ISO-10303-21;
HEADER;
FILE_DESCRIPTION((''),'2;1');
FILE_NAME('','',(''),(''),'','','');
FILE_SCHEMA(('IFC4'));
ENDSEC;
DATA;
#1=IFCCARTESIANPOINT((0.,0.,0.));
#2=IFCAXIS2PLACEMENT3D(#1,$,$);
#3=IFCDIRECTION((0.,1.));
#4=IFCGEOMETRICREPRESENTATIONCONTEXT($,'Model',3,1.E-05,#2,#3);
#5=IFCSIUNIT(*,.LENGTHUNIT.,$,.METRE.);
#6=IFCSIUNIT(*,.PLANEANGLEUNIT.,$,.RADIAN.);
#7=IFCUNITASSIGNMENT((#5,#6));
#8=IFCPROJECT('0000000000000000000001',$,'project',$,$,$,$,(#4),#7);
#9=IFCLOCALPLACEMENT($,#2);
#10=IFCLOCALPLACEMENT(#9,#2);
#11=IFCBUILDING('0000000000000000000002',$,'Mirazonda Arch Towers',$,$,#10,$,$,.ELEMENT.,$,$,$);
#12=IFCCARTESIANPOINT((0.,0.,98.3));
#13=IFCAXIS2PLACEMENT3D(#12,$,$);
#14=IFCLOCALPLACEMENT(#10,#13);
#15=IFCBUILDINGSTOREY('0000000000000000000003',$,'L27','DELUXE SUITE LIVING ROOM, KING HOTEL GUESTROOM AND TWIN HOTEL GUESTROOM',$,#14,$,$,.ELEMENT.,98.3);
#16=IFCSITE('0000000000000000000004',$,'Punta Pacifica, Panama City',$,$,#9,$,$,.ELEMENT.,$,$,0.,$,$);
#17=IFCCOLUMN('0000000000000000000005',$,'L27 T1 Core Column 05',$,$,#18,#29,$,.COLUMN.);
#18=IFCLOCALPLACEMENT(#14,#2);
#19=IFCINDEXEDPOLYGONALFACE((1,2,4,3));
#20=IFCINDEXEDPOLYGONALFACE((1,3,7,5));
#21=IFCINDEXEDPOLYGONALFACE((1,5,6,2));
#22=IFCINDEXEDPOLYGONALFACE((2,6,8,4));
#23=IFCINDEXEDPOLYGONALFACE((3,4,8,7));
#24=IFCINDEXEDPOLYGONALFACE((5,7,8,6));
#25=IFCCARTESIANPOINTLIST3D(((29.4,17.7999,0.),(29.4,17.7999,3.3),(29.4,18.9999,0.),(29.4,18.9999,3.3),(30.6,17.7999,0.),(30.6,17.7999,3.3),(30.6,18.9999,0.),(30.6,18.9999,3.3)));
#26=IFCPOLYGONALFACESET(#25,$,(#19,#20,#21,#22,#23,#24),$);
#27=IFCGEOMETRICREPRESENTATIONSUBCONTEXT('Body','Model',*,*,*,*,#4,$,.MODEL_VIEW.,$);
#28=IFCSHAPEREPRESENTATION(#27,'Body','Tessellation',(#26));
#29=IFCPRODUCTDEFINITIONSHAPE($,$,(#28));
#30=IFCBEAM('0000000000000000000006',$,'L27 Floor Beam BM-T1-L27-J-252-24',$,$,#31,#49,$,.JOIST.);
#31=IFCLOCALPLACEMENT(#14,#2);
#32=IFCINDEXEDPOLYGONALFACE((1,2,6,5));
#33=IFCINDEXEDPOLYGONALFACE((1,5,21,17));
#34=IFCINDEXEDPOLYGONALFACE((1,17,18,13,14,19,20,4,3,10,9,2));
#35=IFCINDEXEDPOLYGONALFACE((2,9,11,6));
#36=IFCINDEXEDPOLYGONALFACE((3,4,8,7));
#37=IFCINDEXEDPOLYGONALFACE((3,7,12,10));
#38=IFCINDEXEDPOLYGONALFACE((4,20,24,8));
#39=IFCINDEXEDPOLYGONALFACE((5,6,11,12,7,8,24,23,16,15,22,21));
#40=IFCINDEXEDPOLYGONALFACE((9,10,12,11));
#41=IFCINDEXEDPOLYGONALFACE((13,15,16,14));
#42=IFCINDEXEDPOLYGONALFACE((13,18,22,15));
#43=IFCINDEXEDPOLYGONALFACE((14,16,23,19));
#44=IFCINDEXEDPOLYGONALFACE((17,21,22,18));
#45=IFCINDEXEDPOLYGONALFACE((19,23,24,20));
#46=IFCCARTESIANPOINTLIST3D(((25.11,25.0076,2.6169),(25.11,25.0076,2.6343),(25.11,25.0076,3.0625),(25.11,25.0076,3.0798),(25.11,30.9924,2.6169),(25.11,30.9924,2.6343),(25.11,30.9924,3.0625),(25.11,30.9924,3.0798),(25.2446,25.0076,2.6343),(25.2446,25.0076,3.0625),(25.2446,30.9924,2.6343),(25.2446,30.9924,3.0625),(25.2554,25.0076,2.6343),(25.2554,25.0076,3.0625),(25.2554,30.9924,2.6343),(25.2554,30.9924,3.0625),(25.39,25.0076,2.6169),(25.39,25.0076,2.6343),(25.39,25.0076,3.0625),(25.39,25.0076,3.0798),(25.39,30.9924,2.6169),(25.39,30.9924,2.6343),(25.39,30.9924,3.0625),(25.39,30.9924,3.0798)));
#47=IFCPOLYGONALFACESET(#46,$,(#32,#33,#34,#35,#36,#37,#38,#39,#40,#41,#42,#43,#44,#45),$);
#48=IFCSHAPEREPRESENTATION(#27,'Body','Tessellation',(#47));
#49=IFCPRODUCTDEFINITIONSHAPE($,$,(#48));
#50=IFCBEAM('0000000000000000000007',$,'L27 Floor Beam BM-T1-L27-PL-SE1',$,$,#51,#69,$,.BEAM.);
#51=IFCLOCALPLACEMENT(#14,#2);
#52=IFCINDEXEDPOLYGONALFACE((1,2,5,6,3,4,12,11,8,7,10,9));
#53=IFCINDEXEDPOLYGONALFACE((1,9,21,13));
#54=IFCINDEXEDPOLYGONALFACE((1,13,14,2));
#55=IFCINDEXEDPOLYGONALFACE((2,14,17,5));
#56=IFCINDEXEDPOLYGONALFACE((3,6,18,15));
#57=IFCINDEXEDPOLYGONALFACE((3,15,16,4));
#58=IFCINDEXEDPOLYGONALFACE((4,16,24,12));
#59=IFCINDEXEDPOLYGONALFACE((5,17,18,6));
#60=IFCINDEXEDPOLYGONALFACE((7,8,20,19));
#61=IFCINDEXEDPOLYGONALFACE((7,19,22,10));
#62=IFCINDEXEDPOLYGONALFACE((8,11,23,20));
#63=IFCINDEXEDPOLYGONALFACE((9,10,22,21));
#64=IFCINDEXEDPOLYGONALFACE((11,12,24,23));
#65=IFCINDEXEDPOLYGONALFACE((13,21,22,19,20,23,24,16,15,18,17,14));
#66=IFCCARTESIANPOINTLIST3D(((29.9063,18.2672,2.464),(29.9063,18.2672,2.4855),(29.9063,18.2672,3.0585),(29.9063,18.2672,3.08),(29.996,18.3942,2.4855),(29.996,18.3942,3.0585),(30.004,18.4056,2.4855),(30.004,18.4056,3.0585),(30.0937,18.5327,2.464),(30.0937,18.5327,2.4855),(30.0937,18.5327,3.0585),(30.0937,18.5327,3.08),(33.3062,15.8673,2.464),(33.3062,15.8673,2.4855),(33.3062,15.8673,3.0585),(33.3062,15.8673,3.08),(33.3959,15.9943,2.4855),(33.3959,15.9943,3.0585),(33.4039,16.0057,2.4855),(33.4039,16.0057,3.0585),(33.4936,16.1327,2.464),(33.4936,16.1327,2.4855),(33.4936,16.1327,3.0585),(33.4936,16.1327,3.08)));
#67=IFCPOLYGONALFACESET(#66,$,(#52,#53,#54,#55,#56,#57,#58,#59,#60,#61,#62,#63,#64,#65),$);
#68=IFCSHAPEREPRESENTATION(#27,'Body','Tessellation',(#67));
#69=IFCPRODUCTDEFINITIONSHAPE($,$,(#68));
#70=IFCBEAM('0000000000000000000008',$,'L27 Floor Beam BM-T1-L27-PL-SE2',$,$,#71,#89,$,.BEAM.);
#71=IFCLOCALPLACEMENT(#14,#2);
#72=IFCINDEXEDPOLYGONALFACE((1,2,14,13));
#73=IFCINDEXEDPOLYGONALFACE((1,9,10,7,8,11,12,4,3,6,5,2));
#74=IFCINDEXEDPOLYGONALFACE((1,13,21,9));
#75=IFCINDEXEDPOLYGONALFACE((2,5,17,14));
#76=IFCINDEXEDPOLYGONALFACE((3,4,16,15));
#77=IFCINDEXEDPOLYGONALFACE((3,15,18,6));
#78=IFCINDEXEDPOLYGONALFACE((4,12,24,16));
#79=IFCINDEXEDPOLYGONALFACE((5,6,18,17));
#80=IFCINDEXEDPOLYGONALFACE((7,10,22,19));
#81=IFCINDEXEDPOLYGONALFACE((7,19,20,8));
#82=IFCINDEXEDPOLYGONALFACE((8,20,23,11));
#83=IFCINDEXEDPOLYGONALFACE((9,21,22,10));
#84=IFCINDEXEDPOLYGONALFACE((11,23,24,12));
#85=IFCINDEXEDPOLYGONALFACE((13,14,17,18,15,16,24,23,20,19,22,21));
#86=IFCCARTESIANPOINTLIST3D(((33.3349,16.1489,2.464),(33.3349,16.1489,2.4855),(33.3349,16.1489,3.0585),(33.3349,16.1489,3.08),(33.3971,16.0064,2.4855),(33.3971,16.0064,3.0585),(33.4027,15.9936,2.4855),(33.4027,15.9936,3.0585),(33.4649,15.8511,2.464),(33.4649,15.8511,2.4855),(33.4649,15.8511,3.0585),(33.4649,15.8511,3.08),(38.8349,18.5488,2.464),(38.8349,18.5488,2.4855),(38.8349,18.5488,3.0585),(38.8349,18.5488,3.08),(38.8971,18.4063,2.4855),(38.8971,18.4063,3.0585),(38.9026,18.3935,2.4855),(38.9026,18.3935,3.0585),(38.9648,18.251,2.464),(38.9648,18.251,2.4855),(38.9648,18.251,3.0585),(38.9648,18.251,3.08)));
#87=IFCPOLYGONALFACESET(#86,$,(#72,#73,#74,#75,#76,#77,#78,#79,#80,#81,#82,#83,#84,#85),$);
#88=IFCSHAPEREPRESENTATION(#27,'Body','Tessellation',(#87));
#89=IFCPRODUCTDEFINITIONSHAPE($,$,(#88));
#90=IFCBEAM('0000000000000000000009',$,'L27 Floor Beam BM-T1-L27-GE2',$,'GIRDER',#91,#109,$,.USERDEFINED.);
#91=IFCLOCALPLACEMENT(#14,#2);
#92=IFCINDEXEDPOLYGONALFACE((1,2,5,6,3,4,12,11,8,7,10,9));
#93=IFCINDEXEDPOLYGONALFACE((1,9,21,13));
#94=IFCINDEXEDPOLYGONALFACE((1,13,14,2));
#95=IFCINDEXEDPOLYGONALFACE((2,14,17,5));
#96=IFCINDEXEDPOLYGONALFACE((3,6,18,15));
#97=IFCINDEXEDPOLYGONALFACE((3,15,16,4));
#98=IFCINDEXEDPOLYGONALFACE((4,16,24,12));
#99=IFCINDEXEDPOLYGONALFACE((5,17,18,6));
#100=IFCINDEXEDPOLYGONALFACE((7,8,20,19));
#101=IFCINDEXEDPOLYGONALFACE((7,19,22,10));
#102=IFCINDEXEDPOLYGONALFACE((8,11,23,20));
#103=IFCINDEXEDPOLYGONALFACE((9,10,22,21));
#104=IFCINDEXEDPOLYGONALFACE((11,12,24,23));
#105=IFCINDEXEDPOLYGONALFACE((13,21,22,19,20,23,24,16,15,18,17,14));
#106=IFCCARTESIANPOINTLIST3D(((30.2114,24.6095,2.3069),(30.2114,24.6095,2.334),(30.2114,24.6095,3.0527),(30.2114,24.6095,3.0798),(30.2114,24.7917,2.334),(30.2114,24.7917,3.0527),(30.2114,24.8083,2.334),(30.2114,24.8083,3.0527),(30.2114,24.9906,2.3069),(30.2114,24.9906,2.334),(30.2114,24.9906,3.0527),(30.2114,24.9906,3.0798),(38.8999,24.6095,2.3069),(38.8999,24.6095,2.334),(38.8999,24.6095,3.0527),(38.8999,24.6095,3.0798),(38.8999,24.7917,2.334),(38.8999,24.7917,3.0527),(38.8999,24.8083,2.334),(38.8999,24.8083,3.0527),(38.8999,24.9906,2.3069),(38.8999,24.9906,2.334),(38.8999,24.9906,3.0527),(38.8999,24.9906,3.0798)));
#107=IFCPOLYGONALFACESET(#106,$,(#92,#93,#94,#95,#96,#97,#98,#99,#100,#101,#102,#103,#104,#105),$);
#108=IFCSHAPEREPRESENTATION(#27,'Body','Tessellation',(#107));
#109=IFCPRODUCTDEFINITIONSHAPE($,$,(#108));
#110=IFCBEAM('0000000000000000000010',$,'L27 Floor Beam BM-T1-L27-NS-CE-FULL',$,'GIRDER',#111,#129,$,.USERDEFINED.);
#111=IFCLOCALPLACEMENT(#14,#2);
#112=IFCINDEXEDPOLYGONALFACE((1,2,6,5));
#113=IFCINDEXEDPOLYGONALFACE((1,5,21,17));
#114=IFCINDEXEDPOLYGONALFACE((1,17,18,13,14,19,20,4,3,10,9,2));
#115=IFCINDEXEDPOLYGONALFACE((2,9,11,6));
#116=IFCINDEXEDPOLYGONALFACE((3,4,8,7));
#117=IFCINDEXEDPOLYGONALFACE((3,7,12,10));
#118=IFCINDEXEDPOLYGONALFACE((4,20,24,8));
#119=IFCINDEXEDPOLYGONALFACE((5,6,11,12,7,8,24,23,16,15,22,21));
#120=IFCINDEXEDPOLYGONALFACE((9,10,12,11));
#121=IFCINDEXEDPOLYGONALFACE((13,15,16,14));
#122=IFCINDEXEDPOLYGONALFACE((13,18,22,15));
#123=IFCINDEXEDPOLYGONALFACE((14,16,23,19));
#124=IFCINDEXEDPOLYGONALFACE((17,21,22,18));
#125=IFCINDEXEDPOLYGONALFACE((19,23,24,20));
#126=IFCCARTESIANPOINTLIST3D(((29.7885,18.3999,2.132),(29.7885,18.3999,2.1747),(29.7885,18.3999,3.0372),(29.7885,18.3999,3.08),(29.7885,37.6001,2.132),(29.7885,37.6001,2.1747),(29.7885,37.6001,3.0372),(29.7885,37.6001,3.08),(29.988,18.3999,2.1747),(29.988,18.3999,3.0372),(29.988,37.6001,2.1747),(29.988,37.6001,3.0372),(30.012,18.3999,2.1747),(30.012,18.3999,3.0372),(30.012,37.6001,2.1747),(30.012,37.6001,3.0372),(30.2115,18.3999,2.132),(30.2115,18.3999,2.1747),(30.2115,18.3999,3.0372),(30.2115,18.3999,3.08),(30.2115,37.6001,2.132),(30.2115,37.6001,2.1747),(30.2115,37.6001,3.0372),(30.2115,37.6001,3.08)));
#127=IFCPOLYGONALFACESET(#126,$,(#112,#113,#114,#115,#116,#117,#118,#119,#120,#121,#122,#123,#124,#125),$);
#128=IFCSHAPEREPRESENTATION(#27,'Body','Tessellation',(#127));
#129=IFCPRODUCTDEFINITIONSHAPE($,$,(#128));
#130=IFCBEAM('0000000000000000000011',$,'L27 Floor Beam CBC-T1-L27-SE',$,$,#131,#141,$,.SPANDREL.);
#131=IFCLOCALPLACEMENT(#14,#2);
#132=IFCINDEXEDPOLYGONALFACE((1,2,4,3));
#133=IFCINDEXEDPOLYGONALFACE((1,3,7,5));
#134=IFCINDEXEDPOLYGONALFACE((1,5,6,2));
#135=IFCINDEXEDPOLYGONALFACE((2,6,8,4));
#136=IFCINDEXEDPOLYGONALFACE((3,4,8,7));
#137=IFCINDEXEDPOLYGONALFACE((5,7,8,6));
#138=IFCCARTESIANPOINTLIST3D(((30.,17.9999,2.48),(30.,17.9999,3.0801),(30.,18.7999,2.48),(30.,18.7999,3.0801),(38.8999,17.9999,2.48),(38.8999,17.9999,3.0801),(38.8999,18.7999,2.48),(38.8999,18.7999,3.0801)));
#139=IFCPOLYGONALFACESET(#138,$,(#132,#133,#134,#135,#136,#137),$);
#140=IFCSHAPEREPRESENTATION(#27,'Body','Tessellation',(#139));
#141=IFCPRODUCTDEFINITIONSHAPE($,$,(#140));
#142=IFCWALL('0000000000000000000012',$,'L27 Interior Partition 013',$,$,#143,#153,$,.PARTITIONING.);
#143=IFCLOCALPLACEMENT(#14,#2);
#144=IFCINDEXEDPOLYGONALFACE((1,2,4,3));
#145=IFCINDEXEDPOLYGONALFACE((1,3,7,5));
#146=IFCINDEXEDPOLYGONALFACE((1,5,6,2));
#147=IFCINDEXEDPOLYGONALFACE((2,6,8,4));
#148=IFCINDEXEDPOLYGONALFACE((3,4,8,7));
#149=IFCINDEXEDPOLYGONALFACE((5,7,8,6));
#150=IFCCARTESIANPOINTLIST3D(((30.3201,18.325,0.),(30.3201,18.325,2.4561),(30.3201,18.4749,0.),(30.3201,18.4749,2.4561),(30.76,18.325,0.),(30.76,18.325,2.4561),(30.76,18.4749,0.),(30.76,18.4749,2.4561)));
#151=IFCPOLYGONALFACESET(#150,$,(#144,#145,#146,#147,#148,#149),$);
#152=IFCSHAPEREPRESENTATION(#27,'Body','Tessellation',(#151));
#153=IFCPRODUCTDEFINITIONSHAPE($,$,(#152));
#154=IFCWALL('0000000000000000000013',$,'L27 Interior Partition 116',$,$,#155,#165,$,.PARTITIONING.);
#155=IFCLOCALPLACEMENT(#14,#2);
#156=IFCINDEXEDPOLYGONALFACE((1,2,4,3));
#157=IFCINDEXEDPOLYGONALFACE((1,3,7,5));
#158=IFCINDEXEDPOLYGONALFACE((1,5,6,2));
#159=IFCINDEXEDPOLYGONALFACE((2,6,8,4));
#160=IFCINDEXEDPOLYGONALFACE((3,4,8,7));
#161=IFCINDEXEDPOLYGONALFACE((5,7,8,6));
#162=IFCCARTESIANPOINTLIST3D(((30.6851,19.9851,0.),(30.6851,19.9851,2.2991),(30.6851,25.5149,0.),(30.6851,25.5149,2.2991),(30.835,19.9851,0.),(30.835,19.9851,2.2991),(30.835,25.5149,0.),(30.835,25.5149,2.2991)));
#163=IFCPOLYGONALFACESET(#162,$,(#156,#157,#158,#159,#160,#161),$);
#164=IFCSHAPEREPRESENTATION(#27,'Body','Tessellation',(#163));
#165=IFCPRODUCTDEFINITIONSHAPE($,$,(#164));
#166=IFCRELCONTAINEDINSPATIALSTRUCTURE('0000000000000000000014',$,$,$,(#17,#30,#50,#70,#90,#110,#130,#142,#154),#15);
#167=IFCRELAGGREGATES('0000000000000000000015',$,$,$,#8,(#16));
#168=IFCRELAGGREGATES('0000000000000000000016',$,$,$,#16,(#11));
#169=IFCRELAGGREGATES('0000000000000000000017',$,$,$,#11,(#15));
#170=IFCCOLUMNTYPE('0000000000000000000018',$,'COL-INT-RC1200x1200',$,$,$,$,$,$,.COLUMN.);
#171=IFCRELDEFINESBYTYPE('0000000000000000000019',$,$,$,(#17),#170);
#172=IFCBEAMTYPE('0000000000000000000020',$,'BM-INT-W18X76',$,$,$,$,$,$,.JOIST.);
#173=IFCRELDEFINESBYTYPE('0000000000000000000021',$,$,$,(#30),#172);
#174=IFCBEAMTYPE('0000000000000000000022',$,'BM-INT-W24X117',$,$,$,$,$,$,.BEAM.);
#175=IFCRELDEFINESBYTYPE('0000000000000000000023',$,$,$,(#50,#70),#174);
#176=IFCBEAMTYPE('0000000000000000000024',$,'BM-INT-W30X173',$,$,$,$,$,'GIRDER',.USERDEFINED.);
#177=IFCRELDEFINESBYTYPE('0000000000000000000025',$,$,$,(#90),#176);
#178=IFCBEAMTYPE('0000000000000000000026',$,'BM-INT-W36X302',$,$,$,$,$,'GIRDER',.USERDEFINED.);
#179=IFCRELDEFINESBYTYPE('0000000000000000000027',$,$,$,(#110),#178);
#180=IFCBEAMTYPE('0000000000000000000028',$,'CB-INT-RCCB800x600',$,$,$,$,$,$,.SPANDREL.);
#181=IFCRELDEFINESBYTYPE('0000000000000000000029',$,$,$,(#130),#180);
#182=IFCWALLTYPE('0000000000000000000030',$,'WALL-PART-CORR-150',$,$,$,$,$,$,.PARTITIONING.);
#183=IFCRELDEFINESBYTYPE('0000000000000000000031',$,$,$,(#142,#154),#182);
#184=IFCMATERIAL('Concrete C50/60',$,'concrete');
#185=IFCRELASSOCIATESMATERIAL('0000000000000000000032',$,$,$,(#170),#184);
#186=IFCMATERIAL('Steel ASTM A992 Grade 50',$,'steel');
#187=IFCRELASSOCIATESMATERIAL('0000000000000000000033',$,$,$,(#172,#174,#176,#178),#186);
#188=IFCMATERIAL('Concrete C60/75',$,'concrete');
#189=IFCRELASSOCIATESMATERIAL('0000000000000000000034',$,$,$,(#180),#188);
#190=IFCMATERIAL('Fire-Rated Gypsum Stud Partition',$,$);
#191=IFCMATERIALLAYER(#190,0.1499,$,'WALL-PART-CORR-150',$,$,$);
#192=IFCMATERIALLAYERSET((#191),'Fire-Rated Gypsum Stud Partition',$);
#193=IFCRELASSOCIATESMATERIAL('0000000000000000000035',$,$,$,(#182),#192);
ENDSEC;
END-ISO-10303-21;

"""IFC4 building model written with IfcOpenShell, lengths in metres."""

from ifc_helpers import new_model, si_unit, direction, frame, frame_2d, origin, origin_2d, place, context, subcontext, project, spatial, rectangle, i_section, extrude, material, layer, layer_set, material_profile, profile_set, type_object, element, save


model = new_model("IFC4")

# Units and contexts
model_context = context("Model", 3, precision=1e-05, world=origin(), true_north=direction((0.0, 1.0)))
body_context = subcontext(model_context, "Body", "Model", "MODEL_VIEW")
ifc_project = project(units=[si_unit("LENGTHUNIT", "METRE"), si_unit("PLANEANGLEUNIT", "RADIAN")], contexts=[model_context])

# Site, building, storey
site_placement = place(None, origin())
site = spatial("IfcSite", under=ifc_project, at=site_placement, Name="Punta Pacifica, Panama City", CompositionType="ELEMENT", RefElevation=0.0)
building_placement = place(site_placement, origin())
building = spatial("IfcBuilding", under=site, at=building_placement, Name="Mirazonda Arch Towers", CompositionType="ELEMENT")
storey_placement = place(building_placement, frame((0.0, 0.0, 98.3)))
storey = spatial("IfcBuildingStorey", under=building, at=storey_placement, Name="L27", Description="DELUXE SUITE LIVING ROOM, KING HOTEL GUESTROOM AND TWIN HOTEL GUESTROOM", CompositionType="ELEMENT", Elevation=98.3)

# Column
ifc_material_1 = material(Name="Concrete C50/60", Category="concrete")
ifc_material_profile_1 = material_profile(ifc_material_1, rectangle(XDim=1.2, YDim=1.2, at=origin_2d()), Name="RC1200x1200")
ifc_profile_set_1 = profile_set([ifc_material_profile_1], Name="Concrete C50/60")
column_type = type_object("IfcColumnType", Name="COL-INT-RC1200x1200", PredefinedType="COLUMN", material=ifc_profile_set_1)
column_placement = place(storey_placement, frame((30.0, 18.3999, 0.0), z_axis=(0.0, 0.0, 1.0), x_axis=(1.0, 0.0, 0.0)))
element("IfcColumn", 1, at=column_placement, inside=storey, type_object=column_type, Name="L27 T1 Core Column 05", PredefinedType="COLUMN", context=body_context, shape_type="SweptSolid", body=[
    extrude(rectangle(XDim=1.2, YDim=1.2, at=origin_2d()), origin(), (0.0, 0.0, 1.0), 3.3),
])

# Beams
ifc_material_2 = material(Name="Steel ASTM A992 Grade 50", Category="steel")
ifc_material_profile_2 = material_profile(ifc_material_2, i_section(OverallWidth=0.28, OverallDepth=0.4629, WebThickness=0.0107, FlangeThickness=0.0173, at=origin_2d()), Name="W18X76")
ifc_profile_set_2 = profile_set([ifc_material_profile_2], Name="Steel ASTM A992 Grade 50")
beam_type_1 = type_object("IfcBeamType", Name="BM-INT-W18X76", PredefinedType="JOIST", material=ifc_profile_set_2)
beam_1_placement = place(storey_placement, frame((25.25, 25.0076, 2.8484), z_axis=(0.0, 1.0, 0.0), x_axis=(-1.0, 0.0, 0.0)))
element("IfcBeam", 2, at=beam_1_placement, inside=storey, type_object=beam_type_1, Name="L27 Floor Beam BM-T1-L27-J-252-24", PredefinedType="JOIST", context=body_context, shape_type="SweptSolid", body=[
    extrude(i_section(OverallWidth=0.28, OverallDepth=0.4629, WebThickness=0.0107, FlangeThickness=0.0173, at=origin_2d()), origin(), (0.0, 0.0, 1.0), 5.9849),
])
ifc_material_profile_3 = material_profile(ifc_material_2, i_section(OverallWidth=0.325, OverallDepth=0.616, WebThickness=0.0139, FlangeThickness=0.0215, at=origin_2d()), Name="W24X117")
ifc_profile_set_3 = profile_set([ifc_material_profile_3], Name="Steel ASTM A992 Grade 50")
beam_type_2 = type_object("IfcBeamType", Name="BM-INT-W24X117", PredefinedType="BEAM", material=ifc_profile_set_3)
beam_2_placement = place(storey_placement, frame((33.3999, 16.0, 2.772), z_axis=(-0.816971, 0.576679, 0.0), x_axis=(-0.576679, -0.816971, 0.0)))
element("IfcBeam", 3, at=beam_2_placement, inside=storey, type_object=beam_type_2, Name="L27 Floor Beam BM-T1-L27-PL-SE1", PredefinedType="BEAM", context=body_context, shape_type="SweptSolid", body=[
    extrude(i_section(OverallWidth=0.325, OverallDepth=0.616, WebThickness=0.0139, FlangeThickness=0.0215, at=origin_2d()), origin(), (0.0, 0.0, 1.0), 4.1616),
])
beam_3_placement = place(storey_placement, frame((33.3999, 16.0, 2.772), z_axis=(0.916545, 0.399931, 0.0), x_axis=(-0.399931, 0.916545, 0.0)))
element("IfcBeam", 4, at=beam_3_placement, inside=storey, type_object=beam_type_2, Name="L27 Floor Beam BM-T1-L27-PL-SE2", PredefinedType="BEAM", context=body_context, shape_type="SweptSolid", body=[
    extrude(i_section(OverallWidth=0.325, OverallDepth=0.616, WebThickness=0.0139, FlangeThickness=0.0215, at=origin_2d()), origin(), (0.0, 0.0, 1.0), 6.0007),
])
ifc_material_profile_4 = material_profile(ifc_material_2, i_section(OverallWidth=0.3811, OverallDepth=0.7729, WebThickness=0.0166, FlangeThickness=0.0271, at=origin_2d()), Name="W30X173")
ifc_profile_set_4 = profile_set([ifc_material_profile_4], Name="Steel ASTM A992 Grade 50")
beam_type_3 = type_object("IfcBeamType", Name="BM-INT-W30X173", ElementType="GIRDER", PredefinedType="USERDEFINED", material=ifc_profile_set_4)
beam_4_placement = place(storey_placement, frame((30.2114, 24.8, 2.6934), z_axis=(1.0, 0.0, 0.0), x_axis=(0.0, 1.0, 0.0)))
element("IfcBeam", 5, at=beam_4_placement, inside=storey, type_object=beam_type_3, Name="L27 Floor Beam BM-T1-L27-GE2", ObjectType="GIRDER", PredefinedType="USERDEFINED", context=body_context, shape_type="SweptSolid", body=[
    extrude(i_section(OverallWidth=0.3811, OverallDepth=0.7729, WebThickness=0.0166, FlangeThickness=0.0271, at=origin_2d()), origin(), (0.0, 0.0, 1.0), 8.6885),
])
ifc_material_profile_5 = material_profile(ifc_material_2, i_section(OverallWidth=0.4231, OverallDepth=0.948, WebThickness=0.0239, FlangeThickness=0.0427, at=origin_2d()), Name="W36X302")
ifc_profile_set_5 = profile_set([ifc_material_profile_5], Name="Steel ASTM A992 Grade 50")
beam_type_4 = type_object("IfcBeamType", Name="BM-INT-W36X302", ElementType="GIRDER", PredefinedType="USERDEFINED", material=ifc_profile_set_5)
beam_5_placement = place(storey_placement, frame((30.0, 18.3999, 2.606), z_axis=(0.0, 1.0, 0.0), x_axis=(-1.0, 0.0, 0.0)))
element("IfcBeam", 6, at=beam_5_placement, inside=storey, type_object=beam_type_4, Name="L27 Floor Beam BM-T1-L27-NS-CE-FULL", ObjectType="GIRDER", PredefinedType="USERDEFINED", context=body_context, shape_type="SweptSolid", body=[
    extrude(i_section(OverallWidth=0.4231, OverallDepth=0.948, WebThickness=0.0239, FlangeThickness=0.0427, at=origin_2d()), origin(), (0.0, 0.0, 1.0), 19.2002),
])
ifc_material_3 = material(Name="Concrete C60/75", Category="concrete")
ifc_material_profile_6 = material_profile(ifc_material_3, rectangle(XDim=0.8, YDim=0.6001, at=origin_2d()), Name="RCCB800x600")
ifc_profile_set_6 = profile_set([ifc_material_profile_6], Name="Concrete C60/75")
beam_type_5 = type_object("IfcBeamType", Name="CB-INT-RCCB800x600", PredefinedType="SPANDREL", material=ifc_profile_set_6)
beam_6_placement = place(storey_placement, frame((30.0, 18.3999, 2.78), z_axis=(1.0, 0.0, 0.0), x_axis=(0.0, 1.0, 0.0)))
element("IfcBeam", 7, at=beam_6_placement, inside=storey, type_object=beam_type_5, Name="L27 Floor Beam CBC-T1-L27-SE", PredefinedType="SPANDREL", context=body_context, shape_type="SweptSolid", body=[
    extrude(rectangle(XDim=0.8, YDim=0.6001, at=origin_2d()), origin(), (0.0, 0.0, 1.0), 8.8999),
])

# Walls
ifc_material_4 = material(Name="Fire-Rated Gypsum Stud Partition")
ifc_layer_1 = layer(ifc_material_4, 0.1499, Name="WALL-PART-CORR-150")
ifc_layer_set_1 = layer_set([ifc_layer_1], Name="Fire-Rated Gypsum Stud Partition")
wall_type_1 = type_object("IfcWallType", Name="WALL-PART-CORR-150", PredefinedType="PARTITIONING", material=ifc_layer_set_1)
wall_1_placement = place(storey_placement, frame((30.3201, 18.3999, 0.0), z_axis=(0.0, 0.0, 1.0), x_axis=(1.0, 0.0, 0.0)))
element("IfcWall", 8, at=wall_1_placement, inside=storey, type_object=wall_type_1, Name="L27 Interior Partition 013", PredefinedType="PARTITIONING", context=body_context, shape_type="SweptSolid", body=[
    extrude(rectangle(XDim=0.4399, YDim=0.1499, at=frame_2d((0.22, 0.0))), origin(), (0.0, 0.0, 1.0), 2.4561),
])
wall_2_placement = place(storey_placement, frame((30.76, 19.9851, 0.0), z_axis=(0.0, 0.0, 1.0), x_axis=(0.0, 1.0, 0.0)))
element("IfcWall", 9, at=wall_2_placement, inside=storey, type_object=wall_type_1, Name="L27 Interior Partition 116", PredefinedType="PARTITIONING", context=body_context, shape_type="SweptSolid", body=[
    extrude(rectangle(XDim=5.5298, YDim=0.1499, at=frame_2d((2.7649, 0.0))), origin(), (0.0, 0.0, 1.0), 2.2991),
])

save(model, "model.ifc")
